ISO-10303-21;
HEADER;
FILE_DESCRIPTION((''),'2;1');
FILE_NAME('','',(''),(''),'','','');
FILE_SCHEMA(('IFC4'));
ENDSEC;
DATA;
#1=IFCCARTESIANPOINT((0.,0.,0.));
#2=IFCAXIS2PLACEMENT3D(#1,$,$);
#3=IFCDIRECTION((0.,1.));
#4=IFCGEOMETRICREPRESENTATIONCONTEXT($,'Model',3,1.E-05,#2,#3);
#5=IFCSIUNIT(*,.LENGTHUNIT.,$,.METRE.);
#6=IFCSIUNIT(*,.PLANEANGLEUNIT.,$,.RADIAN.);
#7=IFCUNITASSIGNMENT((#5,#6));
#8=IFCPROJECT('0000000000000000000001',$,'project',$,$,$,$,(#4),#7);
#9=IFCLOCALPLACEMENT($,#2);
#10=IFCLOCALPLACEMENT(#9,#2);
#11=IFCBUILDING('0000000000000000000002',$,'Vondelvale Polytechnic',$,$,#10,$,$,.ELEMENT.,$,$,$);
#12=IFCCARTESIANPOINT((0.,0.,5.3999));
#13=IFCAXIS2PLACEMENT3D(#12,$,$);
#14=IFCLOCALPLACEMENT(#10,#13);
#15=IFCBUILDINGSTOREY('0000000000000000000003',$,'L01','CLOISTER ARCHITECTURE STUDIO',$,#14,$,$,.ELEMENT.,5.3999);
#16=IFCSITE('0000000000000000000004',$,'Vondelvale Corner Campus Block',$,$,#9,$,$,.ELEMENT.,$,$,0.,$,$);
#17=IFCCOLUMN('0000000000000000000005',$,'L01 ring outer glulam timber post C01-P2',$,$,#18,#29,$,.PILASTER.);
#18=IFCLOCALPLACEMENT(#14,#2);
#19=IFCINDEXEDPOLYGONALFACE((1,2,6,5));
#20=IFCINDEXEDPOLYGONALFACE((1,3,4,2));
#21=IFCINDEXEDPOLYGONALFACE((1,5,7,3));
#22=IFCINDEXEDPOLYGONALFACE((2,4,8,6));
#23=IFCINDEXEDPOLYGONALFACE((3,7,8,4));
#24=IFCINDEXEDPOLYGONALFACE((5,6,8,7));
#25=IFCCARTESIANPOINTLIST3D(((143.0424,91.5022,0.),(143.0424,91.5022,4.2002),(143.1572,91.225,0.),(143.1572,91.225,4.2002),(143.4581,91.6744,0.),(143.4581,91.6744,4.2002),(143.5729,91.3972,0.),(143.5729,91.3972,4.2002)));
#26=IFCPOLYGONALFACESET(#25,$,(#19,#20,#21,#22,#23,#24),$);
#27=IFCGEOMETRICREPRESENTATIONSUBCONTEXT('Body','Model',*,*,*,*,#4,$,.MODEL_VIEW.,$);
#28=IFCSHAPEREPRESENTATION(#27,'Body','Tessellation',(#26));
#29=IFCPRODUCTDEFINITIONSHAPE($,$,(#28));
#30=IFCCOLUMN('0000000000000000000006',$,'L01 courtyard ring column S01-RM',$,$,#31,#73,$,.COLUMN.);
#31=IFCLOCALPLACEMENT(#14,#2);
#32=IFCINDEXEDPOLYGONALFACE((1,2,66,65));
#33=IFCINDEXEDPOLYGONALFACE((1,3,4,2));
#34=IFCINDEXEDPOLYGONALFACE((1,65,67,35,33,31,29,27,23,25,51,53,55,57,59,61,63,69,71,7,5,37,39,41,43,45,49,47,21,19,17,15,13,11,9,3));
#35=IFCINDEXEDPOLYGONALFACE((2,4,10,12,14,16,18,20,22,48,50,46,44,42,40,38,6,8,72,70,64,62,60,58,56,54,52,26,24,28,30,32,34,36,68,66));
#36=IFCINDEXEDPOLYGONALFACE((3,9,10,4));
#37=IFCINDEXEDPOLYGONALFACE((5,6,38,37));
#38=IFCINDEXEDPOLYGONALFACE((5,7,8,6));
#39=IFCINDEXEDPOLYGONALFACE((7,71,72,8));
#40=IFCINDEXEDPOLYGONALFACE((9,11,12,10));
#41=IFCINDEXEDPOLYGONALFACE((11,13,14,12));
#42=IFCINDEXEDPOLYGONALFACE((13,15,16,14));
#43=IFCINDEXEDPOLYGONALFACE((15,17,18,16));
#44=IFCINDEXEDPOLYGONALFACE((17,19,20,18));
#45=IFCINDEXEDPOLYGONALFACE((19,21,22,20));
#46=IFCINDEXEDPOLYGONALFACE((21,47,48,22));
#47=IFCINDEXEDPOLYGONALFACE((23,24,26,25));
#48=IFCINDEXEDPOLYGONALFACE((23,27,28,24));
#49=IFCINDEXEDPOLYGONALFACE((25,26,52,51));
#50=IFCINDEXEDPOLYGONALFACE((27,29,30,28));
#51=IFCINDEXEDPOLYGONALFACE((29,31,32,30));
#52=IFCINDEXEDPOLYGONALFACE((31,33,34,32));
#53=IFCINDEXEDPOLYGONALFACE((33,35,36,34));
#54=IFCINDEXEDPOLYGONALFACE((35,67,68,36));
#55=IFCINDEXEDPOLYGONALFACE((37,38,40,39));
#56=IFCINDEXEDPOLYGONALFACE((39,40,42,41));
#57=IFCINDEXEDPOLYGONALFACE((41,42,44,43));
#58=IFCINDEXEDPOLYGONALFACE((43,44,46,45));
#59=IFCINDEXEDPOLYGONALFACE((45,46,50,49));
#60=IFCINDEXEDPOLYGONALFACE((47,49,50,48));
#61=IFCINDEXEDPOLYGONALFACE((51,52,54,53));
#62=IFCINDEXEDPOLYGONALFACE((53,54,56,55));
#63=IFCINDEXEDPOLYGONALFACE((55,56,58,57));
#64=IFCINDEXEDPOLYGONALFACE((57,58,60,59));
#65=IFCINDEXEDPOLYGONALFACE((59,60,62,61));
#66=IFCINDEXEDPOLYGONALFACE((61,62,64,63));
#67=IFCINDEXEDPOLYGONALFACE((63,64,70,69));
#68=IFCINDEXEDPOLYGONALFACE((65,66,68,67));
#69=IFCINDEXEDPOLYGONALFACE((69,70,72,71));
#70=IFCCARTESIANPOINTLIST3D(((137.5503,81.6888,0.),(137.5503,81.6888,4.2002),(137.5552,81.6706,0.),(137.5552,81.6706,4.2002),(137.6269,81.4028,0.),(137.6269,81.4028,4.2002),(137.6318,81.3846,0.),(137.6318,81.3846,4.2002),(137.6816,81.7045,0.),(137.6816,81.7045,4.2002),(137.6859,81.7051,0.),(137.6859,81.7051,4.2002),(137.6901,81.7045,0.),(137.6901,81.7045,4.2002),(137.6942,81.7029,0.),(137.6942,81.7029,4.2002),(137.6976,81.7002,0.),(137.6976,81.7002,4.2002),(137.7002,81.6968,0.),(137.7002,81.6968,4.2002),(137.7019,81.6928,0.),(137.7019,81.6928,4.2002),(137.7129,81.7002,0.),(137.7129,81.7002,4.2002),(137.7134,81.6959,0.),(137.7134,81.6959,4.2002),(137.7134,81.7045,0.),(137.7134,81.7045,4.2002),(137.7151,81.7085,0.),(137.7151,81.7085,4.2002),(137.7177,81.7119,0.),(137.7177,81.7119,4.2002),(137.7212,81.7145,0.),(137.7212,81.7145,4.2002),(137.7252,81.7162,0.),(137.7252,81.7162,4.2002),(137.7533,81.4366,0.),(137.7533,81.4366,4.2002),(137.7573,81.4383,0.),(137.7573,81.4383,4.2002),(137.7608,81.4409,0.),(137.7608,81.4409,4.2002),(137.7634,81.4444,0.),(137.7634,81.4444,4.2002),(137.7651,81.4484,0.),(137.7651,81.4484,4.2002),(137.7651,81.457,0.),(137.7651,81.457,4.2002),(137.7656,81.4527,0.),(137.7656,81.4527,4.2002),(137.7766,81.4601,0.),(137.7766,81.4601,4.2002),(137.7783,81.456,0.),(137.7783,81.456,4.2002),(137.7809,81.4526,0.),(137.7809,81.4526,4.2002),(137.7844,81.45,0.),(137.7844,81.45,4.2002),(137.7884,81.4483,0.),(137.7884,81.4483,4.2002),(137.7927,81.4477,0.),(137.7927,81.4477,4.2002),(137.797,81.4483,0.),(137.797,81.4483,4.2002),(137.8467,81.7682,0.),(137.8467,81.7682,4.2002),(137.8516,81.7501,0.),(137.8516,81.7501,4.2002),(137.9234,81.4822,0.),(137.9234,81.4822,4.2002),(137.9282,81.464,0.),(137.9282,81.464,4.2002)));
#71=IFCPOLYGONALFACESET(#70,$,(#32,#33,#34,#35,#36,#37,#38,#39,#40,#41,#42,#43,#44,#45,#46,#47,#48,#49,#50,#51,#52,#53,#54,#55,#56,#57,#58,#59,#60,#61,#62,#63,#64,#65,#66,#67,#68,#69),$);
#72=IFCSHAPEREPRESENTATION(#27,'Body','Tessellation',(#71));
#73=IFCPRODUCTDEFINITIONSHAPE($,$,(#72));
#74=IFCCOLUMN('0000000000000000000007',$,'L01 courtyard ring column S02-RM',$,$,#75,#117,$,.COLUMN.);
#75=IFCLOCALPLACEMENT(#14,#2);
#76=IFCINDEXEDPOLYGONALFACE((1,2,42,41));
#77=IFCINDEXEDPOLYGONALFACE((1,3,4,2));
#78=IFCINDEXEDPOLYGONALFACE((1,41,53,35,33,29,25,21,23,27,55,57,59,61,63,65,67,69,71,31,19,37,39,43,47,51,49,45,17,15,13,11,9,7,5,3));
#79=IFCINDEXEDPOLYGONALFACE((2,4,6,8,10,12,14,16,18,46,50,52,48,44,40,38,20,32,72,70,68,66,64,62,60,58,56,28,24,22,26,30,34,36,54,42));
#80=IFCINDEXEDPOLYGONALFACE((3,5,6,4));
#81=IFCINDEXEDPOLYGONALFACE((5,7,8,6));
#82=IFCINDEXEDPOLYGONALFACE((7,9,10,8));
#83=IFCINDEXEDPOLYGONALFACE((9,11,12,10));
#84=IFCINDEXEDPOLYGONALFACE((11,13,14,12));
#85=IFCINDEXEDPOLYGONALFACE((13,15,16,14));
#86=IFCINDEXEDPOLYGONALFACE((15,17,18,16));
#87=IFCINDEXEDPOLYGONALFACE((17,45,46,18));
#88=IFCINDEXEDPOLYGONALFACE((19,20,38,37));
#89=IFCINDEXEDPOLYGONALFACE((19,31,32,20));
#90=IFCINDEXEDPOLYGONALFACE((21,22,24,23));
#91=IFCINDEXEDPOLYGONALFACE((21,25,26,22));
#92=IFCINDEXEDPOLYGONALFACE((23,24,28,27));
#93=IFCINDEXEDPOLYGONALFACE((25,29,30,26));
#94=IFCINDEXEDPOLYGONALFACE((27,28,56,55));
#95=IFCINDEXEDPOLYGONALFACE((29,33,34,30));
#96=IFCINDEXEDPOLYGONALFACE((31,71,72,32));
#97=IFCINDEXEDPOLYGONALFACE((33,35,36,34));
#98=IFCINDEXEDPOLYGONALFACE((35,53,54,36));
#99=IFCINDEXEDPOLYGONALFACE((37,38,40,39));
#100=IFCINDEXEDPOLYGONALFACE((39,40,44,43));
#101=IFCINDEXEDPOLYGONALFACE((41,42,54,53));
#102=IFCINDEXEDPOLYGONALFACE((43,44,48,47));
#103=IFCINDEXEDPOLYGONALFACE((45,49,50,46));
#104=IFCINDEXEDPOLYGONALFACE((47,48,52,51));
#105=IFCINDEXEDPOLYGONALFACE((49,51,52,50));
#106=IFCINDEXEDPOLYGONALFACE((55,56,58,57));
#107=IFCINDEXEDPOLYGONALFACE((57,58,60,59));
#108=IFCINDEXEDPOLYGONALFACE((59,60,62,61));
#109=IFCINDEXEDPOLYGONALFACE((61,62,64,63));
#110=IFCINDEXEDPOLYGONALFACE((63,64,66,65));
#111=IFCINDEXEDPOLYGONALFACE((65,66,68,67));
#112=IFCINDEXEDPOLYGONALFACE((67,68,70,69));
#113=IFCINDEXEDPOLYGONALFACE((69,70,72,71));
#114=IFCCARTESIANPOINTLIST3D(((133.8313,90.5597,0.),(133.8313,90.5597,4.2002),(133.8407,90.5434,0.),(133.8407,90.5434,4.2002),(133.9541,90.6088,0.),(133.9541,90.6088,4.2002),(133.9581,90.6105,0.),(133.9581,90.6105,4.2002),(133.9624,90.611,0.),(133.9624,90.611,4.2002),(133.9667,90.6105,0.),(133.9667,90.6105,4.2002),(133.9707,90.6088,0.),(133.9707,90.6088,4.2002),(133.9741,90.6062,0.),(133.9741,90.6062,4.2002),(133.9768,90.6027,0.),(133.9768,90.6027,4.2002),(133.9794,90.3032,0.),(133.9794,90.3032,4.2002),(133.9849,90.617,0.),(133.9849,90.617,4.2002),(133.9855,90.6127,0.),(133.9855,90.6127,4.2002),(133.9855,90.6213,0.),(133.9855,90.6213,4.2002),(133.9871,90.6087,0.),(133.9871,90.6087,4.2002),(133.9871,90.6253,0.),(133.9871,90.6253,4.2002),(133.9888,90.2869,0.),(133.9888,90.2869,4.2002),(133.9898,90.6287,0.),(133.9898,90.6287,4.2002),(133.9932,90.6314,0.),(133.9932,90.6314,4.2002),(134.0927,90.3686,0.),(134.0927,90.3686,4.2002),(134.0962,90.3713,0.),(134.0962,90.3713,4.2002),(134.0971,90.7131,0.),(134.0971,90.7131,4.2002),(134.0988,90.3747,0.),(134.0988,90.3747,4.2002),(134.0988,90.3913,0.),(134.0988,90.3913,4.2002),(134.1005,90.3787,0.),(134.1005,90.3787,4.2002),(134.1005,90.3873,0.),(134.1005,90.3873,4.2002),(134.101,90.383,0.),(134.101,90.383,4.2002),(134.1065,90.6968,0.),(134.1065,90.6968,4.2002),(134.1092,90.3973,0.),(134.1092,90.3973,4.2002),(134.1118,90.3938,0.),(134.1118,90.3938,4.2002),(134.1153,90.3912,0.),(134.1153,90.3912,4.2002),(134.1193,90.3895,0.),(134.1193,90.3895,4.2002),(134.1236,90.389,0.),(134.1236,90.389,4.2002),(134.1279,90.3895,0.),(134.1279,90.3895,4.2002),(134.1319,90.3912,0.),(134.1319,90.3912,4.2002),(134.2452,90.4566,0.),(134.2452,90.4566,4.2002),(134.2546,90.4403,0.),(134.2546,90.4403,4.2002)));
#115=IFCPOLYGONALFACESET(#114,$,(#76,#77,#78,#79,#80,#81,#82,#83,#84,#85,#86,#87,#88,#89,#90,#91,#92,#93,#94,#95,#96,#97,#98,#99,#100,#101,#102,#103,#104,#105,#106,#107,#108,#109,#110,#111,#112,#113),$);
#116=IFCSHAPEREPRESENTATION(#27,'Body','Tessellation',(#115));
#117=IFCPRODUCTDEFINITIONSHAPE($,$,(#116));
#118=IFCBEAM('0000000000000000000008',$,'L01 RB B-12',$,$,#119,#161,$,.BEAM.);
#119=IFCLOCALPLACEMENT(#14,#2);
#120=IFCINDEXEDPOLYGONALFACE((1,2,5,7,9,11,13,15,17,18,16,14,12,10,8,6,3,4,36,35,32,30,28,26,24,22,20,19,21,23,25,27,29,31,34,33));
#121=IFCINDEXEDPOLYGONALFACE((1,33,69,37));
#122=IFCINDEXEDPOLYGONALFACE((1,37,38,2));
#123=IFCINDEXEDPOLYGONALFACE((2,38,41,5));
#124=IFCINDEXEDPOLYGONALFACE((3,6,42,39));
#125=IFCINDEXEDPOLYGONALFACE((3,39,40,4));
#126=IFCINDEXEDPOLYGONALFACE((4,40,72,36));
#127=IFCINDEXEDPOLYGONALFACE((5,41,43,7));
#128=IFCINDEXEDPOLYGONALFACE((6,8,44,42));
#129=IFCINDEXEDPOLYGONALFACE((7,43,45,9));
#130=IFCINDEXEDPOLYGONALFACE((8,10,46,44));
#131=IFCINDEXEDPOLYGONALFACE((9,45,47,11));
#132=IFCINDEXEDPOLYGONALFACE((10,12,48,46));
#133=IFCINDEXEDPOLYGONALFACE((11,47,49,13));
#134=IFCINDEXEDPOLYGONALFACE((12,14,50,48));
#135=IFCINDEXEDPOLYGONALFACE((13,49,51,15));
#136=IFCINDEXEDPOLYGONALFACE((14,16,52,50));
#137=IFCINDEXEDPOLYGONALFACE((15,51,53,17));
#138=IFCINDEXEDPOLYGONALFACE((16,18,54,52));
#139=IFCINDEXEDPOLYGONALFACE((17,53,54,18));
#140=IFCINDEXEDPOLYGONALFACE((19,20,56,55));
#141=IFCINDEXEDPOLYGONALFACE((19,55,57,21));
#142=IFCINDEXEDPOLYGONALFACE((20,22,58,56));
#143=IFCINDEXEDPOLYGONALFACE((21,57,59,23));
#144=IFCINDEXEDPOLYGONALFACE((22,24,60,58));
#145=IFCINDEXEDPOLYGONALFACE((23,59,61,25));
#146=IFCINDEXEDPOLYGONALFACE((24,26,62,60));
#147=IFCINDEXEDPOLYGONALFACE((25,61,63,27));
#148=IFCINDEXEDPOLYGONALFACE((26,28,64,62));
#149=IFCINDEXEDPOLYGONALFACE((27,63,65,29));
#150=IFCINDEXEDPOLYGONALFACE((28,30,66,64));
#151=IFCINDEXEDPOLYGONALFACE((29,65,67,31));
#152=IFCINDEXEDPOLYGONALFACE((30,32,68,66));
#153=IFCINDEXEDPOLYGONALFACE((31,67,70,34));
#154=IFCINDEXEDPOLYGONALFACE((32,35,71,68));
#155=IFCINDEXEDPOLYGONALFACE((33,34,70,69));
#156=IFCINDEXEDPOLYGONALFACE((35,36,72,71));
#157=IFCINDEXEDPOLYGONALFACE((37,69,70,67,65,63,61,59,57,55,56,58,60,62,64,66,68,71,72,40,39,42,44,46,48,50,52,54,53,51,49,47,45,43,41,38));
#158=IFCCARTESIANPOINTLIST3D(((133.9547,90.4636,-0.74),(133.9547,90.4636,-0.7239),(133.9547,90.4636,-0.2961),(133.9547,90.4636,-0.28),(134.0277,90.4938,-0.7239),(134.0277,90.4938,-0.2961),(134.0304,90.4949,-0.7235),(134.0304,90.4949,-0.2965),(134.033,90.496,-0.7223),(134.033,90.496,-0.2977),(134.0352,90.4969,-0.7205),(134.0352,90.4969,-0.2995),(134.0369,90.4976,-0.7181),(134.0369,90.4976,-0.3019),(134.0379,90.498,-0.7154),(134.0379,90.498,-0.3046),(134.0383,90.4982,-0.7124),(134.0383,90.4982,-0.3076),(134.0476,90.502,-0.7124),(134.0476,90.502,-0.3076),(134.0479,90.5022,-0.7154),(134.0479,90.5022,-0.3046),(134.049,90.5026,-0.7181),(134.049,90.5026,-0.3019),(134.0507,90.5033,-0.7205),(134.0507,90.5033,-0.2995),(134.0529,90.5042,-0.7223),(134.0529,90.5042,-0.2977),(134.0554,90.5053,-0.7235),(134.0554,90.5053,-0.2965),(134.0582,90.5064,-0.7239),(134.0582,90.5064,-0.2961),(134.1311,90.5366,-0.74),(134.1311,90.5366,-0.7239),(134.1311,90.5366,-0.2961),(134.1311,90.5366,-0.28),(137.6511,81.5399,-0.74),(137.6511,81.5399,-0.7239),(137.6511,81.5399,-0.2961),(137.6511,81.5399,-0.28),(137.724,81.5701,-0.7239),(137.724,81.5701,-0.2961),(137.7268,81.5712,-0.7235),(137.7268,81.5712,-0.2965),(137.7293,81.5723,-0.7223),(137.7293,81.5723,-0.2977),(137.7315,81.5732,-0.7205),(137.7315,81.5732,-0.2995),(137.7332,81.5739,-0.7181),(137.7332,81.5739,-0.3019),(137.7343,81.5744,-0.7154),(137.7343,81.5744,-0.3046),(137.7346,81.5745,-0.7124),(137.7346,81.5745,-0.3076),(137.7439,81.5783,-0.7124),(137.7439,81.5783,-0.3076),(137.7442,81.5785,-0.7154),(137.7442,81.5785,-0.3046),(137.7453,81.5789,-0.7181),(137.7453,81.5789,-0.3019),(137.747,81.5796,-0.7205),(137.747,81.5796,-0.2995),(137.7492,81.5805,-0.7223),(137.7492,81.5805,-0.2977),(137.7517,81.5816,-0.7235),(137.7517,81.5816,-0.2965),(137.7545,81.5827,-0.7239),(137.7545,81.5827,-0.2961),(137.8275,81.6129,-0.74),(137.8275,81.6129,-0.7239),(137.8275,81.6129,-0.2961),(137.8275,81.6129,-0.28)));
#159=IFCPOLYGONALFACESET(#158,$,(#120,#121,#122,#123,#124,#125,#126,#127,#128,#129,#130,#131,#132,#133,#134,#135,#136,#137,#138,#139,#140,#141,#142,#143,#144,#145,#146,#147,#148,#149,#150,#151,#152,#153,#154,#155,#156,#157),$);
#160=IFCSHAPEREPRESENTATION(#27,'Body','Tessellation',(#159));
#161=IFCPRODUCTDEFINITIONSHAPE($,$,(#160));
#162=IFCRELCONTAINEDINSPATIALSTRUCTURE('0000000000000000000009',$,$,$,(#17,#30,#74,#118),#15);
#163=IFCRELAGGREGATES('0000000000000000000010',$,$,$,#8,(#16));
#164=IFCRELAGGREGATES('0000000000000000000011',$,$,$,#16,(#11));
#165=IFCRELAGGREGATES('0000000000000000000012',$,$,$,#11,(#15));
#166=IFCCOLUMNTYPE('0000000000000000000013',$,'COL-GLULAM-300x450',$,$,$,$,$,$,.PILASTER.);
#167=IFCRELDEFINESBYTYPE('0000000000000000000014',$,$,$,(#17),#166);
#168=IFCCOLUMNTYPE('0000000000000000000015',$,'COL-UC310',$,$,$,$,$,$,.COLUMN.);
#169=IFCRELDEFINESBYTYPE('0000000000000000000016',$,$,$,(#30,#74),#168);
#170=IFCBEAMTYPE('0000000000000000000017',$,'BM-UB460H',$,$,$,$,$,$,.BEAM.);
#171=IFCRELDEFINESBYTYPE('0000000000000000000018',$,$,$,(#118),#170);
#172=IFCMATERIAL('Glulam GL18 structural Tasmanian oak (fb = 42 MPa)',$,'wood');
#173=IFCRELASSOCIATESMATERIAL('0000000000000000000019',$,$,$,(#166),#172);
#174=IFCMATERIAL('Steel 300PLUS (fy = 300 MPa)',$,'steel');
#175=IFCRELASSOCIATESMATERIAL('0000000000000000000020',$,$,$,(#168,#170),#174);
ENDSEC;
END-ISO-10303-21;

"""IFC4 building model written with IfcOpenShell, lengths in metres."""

from ifc_helpers import new_model, si_unit, direction, frame, origin, origin_2d, place, context, subcontext, project, spatial, rectangle, i_section, extrude, material, material_profile, profile_set, type_object, element, save


model = new_model("IFC4")

# Units and contexts
model_context = context("Model", 3, precision=1e-05, world=origin(), true_north=direction((0.0, 1.0)))
body_context = subcontext(model_context, "Body", "Model", "MODEL_VIEW")
ifc_project = project(units=[si_unit("LENGTHUNIT", "METRE"), si_unit("PLANEANGLEUNIT", "RADIAN")], contexts=[model_context])

# Site, building, storey
site_placement = place(None, origin())
site = spatial("IfcSite", under=ifc_project, at=site_placement, Name="Vondelvale Corner Campus Block", CompositionType="ELEMENT", RefElevation=0.0)
building_placement = place(site_placement, origin())
building = spatial("IfcBuilding", under=site, at=building_placement, Name="Vondelvale Polytechnic", CompositionType="ELEMENT")
storey_placement = place(building_placement, frame((0.0, 0.0, 5.3999)))
storey = spatial("IfcBuildingStorey", under=building, at=storey_placement, Name="L01", Description="CLOISTER ARCHITECTURE STUDIO", CompositionType="ELEMENT", Elevation=5.3999)

# Columns
ifc_material_1 = material(Name="Glulam GL18 structural Tasmanian oak (fb = 42 MPa)", Category="wood")
ifc_material_profile_1 = material_profile(ifc_material_1, rectangle(XDim=0.3, YDim=0.45, at=origin_2d()), Name="GL-POST-300x450")
ifc_profile_set_1 = profile_set([ifc_material_profile_1], Name="Glulam GL18 structural Tasmanian oak (fb = 42 MPa)")
column_type_1 = type_object("IfcColumnType", Name="COL-GLULAM-300x450", PredefinedType="PILASTER", material=ifc_profile_set_1)
column_placement = place(storey_placement, frame((143.3076, 91.4497, 0.0), z_axis=(0.0, 0.0, 1.0), x_axis=(-0.382683, 0.92388, 0.0)))
element("IfcColumn", 1, at=column_placement, inside=storey, type_object=column_type_1, Name="L01 ring outer glulam timber post C01-P2", PredefinedType="PILASTER", context=body_context, shape_type="SweptSolid", body=[
    extrude(rectangle(XDim=0.3, YDim=0.45, at=origin_2d()), origin(), (0.0, 0.0, 1.0), 4.2002),
])
ifc_material_2 = material(Name="Steel 300PLUS (fy = 300 MPa)", Category="steel")
ifc_material_profile_2 = material_profile(ifc_material_2, i_section(OverallWidth=0.3069, OverallDepth=0.3149, WebThickness=0.012, FlangeThickness=0.0188, FilletRadius=0.0166, at=origin_2d()), Name="310UC118")
ifc_profile_set_2 = profile_set([ifc_material_profile_2], Name="Steel 300PLUS (fy = 300 MPa)")
column_type_2 = type_object("IfcColumnType", Name="COL-UC310", PredefinedType="COLUMN", material=ifc_profile_set_2)
for number, where, z_axis, x_axis, name in (
    (2, (137.7393, 81.5764, 0.0), (0.0, 0.0, 1.0), (0.965926, 0.258819, 0.0), "L01 courtyard ring column S01-RM"),
    (3, (134.043, 90.5, 0.0), (0.0, 0.0, 1.0), (0.866025, 0.5, 0.0), "L01 courtyard ring column S02-RM"),
):
    element("IfcColumn", number, at=place(storey_placement, frame(where, z_axis=z_axis, x_axis=x_axis)), inside=storey, type_object=column_type_2, Name=name, PredefinedType="COLUMN", context=body_context, shape_type="SweptSolid", body=[
        extrude(i_section(OverallWidth=0.3069, OverallDepth=0.3149, WebThickness=0.012, FlangeThickness=0.0188, FilletRadius=0.0166, at=origin_2d()), origin(), (0.0, 0.0, 1.0), 4.2002),
    ])

# Beam
ifc_material_profile_3 = material_profile(ifc_material_2, i_section(OverallWidth=0.1909, OverallDepth=0.46, WebThickness=0.01, FlangeThickness=0.0161, FilletRadius=0.0115, at=origin_2d()), Name="460UB82.1")
ifc_profile_set_3 = profile_set([ifc_material_profile_3], Name="Steel 300PLUS (fy = 300 MPa)")
beam_type_1 = type_object("IfcBeamType", Name="BM-UB460H", PredefinedType="BEAM", material=ifc_profile_set_3)
for number, where, z_axis, x_axis, name in (
    (4, (137.7393, 81.5764, -0.51), (-0.382685, 0.923879, 0.0), (-0.923879, -0.382685, 0.0), "L01 RB B-12"),
):
    element("IfcBeam", number, at=place(storey_placement, frame(where, z_axis=z_axis, x_axis=x_axis)), inside=storey, type_object=beam_type_1, Name=name, PredefinedType="BEAM", context=body_context, shape_type="SweptSolid", body=[
        extrude(i_section(OverallWidth=0.1909, OverallDepth=0.46, WebThickness=0.01, FlangeThickness=0.0161, FilletRadius=0.0115, at=origin_2d()), origin(), (0.0, 0.0, 1.0), 9.6589),
    ])

save(model, "model.ifc")
